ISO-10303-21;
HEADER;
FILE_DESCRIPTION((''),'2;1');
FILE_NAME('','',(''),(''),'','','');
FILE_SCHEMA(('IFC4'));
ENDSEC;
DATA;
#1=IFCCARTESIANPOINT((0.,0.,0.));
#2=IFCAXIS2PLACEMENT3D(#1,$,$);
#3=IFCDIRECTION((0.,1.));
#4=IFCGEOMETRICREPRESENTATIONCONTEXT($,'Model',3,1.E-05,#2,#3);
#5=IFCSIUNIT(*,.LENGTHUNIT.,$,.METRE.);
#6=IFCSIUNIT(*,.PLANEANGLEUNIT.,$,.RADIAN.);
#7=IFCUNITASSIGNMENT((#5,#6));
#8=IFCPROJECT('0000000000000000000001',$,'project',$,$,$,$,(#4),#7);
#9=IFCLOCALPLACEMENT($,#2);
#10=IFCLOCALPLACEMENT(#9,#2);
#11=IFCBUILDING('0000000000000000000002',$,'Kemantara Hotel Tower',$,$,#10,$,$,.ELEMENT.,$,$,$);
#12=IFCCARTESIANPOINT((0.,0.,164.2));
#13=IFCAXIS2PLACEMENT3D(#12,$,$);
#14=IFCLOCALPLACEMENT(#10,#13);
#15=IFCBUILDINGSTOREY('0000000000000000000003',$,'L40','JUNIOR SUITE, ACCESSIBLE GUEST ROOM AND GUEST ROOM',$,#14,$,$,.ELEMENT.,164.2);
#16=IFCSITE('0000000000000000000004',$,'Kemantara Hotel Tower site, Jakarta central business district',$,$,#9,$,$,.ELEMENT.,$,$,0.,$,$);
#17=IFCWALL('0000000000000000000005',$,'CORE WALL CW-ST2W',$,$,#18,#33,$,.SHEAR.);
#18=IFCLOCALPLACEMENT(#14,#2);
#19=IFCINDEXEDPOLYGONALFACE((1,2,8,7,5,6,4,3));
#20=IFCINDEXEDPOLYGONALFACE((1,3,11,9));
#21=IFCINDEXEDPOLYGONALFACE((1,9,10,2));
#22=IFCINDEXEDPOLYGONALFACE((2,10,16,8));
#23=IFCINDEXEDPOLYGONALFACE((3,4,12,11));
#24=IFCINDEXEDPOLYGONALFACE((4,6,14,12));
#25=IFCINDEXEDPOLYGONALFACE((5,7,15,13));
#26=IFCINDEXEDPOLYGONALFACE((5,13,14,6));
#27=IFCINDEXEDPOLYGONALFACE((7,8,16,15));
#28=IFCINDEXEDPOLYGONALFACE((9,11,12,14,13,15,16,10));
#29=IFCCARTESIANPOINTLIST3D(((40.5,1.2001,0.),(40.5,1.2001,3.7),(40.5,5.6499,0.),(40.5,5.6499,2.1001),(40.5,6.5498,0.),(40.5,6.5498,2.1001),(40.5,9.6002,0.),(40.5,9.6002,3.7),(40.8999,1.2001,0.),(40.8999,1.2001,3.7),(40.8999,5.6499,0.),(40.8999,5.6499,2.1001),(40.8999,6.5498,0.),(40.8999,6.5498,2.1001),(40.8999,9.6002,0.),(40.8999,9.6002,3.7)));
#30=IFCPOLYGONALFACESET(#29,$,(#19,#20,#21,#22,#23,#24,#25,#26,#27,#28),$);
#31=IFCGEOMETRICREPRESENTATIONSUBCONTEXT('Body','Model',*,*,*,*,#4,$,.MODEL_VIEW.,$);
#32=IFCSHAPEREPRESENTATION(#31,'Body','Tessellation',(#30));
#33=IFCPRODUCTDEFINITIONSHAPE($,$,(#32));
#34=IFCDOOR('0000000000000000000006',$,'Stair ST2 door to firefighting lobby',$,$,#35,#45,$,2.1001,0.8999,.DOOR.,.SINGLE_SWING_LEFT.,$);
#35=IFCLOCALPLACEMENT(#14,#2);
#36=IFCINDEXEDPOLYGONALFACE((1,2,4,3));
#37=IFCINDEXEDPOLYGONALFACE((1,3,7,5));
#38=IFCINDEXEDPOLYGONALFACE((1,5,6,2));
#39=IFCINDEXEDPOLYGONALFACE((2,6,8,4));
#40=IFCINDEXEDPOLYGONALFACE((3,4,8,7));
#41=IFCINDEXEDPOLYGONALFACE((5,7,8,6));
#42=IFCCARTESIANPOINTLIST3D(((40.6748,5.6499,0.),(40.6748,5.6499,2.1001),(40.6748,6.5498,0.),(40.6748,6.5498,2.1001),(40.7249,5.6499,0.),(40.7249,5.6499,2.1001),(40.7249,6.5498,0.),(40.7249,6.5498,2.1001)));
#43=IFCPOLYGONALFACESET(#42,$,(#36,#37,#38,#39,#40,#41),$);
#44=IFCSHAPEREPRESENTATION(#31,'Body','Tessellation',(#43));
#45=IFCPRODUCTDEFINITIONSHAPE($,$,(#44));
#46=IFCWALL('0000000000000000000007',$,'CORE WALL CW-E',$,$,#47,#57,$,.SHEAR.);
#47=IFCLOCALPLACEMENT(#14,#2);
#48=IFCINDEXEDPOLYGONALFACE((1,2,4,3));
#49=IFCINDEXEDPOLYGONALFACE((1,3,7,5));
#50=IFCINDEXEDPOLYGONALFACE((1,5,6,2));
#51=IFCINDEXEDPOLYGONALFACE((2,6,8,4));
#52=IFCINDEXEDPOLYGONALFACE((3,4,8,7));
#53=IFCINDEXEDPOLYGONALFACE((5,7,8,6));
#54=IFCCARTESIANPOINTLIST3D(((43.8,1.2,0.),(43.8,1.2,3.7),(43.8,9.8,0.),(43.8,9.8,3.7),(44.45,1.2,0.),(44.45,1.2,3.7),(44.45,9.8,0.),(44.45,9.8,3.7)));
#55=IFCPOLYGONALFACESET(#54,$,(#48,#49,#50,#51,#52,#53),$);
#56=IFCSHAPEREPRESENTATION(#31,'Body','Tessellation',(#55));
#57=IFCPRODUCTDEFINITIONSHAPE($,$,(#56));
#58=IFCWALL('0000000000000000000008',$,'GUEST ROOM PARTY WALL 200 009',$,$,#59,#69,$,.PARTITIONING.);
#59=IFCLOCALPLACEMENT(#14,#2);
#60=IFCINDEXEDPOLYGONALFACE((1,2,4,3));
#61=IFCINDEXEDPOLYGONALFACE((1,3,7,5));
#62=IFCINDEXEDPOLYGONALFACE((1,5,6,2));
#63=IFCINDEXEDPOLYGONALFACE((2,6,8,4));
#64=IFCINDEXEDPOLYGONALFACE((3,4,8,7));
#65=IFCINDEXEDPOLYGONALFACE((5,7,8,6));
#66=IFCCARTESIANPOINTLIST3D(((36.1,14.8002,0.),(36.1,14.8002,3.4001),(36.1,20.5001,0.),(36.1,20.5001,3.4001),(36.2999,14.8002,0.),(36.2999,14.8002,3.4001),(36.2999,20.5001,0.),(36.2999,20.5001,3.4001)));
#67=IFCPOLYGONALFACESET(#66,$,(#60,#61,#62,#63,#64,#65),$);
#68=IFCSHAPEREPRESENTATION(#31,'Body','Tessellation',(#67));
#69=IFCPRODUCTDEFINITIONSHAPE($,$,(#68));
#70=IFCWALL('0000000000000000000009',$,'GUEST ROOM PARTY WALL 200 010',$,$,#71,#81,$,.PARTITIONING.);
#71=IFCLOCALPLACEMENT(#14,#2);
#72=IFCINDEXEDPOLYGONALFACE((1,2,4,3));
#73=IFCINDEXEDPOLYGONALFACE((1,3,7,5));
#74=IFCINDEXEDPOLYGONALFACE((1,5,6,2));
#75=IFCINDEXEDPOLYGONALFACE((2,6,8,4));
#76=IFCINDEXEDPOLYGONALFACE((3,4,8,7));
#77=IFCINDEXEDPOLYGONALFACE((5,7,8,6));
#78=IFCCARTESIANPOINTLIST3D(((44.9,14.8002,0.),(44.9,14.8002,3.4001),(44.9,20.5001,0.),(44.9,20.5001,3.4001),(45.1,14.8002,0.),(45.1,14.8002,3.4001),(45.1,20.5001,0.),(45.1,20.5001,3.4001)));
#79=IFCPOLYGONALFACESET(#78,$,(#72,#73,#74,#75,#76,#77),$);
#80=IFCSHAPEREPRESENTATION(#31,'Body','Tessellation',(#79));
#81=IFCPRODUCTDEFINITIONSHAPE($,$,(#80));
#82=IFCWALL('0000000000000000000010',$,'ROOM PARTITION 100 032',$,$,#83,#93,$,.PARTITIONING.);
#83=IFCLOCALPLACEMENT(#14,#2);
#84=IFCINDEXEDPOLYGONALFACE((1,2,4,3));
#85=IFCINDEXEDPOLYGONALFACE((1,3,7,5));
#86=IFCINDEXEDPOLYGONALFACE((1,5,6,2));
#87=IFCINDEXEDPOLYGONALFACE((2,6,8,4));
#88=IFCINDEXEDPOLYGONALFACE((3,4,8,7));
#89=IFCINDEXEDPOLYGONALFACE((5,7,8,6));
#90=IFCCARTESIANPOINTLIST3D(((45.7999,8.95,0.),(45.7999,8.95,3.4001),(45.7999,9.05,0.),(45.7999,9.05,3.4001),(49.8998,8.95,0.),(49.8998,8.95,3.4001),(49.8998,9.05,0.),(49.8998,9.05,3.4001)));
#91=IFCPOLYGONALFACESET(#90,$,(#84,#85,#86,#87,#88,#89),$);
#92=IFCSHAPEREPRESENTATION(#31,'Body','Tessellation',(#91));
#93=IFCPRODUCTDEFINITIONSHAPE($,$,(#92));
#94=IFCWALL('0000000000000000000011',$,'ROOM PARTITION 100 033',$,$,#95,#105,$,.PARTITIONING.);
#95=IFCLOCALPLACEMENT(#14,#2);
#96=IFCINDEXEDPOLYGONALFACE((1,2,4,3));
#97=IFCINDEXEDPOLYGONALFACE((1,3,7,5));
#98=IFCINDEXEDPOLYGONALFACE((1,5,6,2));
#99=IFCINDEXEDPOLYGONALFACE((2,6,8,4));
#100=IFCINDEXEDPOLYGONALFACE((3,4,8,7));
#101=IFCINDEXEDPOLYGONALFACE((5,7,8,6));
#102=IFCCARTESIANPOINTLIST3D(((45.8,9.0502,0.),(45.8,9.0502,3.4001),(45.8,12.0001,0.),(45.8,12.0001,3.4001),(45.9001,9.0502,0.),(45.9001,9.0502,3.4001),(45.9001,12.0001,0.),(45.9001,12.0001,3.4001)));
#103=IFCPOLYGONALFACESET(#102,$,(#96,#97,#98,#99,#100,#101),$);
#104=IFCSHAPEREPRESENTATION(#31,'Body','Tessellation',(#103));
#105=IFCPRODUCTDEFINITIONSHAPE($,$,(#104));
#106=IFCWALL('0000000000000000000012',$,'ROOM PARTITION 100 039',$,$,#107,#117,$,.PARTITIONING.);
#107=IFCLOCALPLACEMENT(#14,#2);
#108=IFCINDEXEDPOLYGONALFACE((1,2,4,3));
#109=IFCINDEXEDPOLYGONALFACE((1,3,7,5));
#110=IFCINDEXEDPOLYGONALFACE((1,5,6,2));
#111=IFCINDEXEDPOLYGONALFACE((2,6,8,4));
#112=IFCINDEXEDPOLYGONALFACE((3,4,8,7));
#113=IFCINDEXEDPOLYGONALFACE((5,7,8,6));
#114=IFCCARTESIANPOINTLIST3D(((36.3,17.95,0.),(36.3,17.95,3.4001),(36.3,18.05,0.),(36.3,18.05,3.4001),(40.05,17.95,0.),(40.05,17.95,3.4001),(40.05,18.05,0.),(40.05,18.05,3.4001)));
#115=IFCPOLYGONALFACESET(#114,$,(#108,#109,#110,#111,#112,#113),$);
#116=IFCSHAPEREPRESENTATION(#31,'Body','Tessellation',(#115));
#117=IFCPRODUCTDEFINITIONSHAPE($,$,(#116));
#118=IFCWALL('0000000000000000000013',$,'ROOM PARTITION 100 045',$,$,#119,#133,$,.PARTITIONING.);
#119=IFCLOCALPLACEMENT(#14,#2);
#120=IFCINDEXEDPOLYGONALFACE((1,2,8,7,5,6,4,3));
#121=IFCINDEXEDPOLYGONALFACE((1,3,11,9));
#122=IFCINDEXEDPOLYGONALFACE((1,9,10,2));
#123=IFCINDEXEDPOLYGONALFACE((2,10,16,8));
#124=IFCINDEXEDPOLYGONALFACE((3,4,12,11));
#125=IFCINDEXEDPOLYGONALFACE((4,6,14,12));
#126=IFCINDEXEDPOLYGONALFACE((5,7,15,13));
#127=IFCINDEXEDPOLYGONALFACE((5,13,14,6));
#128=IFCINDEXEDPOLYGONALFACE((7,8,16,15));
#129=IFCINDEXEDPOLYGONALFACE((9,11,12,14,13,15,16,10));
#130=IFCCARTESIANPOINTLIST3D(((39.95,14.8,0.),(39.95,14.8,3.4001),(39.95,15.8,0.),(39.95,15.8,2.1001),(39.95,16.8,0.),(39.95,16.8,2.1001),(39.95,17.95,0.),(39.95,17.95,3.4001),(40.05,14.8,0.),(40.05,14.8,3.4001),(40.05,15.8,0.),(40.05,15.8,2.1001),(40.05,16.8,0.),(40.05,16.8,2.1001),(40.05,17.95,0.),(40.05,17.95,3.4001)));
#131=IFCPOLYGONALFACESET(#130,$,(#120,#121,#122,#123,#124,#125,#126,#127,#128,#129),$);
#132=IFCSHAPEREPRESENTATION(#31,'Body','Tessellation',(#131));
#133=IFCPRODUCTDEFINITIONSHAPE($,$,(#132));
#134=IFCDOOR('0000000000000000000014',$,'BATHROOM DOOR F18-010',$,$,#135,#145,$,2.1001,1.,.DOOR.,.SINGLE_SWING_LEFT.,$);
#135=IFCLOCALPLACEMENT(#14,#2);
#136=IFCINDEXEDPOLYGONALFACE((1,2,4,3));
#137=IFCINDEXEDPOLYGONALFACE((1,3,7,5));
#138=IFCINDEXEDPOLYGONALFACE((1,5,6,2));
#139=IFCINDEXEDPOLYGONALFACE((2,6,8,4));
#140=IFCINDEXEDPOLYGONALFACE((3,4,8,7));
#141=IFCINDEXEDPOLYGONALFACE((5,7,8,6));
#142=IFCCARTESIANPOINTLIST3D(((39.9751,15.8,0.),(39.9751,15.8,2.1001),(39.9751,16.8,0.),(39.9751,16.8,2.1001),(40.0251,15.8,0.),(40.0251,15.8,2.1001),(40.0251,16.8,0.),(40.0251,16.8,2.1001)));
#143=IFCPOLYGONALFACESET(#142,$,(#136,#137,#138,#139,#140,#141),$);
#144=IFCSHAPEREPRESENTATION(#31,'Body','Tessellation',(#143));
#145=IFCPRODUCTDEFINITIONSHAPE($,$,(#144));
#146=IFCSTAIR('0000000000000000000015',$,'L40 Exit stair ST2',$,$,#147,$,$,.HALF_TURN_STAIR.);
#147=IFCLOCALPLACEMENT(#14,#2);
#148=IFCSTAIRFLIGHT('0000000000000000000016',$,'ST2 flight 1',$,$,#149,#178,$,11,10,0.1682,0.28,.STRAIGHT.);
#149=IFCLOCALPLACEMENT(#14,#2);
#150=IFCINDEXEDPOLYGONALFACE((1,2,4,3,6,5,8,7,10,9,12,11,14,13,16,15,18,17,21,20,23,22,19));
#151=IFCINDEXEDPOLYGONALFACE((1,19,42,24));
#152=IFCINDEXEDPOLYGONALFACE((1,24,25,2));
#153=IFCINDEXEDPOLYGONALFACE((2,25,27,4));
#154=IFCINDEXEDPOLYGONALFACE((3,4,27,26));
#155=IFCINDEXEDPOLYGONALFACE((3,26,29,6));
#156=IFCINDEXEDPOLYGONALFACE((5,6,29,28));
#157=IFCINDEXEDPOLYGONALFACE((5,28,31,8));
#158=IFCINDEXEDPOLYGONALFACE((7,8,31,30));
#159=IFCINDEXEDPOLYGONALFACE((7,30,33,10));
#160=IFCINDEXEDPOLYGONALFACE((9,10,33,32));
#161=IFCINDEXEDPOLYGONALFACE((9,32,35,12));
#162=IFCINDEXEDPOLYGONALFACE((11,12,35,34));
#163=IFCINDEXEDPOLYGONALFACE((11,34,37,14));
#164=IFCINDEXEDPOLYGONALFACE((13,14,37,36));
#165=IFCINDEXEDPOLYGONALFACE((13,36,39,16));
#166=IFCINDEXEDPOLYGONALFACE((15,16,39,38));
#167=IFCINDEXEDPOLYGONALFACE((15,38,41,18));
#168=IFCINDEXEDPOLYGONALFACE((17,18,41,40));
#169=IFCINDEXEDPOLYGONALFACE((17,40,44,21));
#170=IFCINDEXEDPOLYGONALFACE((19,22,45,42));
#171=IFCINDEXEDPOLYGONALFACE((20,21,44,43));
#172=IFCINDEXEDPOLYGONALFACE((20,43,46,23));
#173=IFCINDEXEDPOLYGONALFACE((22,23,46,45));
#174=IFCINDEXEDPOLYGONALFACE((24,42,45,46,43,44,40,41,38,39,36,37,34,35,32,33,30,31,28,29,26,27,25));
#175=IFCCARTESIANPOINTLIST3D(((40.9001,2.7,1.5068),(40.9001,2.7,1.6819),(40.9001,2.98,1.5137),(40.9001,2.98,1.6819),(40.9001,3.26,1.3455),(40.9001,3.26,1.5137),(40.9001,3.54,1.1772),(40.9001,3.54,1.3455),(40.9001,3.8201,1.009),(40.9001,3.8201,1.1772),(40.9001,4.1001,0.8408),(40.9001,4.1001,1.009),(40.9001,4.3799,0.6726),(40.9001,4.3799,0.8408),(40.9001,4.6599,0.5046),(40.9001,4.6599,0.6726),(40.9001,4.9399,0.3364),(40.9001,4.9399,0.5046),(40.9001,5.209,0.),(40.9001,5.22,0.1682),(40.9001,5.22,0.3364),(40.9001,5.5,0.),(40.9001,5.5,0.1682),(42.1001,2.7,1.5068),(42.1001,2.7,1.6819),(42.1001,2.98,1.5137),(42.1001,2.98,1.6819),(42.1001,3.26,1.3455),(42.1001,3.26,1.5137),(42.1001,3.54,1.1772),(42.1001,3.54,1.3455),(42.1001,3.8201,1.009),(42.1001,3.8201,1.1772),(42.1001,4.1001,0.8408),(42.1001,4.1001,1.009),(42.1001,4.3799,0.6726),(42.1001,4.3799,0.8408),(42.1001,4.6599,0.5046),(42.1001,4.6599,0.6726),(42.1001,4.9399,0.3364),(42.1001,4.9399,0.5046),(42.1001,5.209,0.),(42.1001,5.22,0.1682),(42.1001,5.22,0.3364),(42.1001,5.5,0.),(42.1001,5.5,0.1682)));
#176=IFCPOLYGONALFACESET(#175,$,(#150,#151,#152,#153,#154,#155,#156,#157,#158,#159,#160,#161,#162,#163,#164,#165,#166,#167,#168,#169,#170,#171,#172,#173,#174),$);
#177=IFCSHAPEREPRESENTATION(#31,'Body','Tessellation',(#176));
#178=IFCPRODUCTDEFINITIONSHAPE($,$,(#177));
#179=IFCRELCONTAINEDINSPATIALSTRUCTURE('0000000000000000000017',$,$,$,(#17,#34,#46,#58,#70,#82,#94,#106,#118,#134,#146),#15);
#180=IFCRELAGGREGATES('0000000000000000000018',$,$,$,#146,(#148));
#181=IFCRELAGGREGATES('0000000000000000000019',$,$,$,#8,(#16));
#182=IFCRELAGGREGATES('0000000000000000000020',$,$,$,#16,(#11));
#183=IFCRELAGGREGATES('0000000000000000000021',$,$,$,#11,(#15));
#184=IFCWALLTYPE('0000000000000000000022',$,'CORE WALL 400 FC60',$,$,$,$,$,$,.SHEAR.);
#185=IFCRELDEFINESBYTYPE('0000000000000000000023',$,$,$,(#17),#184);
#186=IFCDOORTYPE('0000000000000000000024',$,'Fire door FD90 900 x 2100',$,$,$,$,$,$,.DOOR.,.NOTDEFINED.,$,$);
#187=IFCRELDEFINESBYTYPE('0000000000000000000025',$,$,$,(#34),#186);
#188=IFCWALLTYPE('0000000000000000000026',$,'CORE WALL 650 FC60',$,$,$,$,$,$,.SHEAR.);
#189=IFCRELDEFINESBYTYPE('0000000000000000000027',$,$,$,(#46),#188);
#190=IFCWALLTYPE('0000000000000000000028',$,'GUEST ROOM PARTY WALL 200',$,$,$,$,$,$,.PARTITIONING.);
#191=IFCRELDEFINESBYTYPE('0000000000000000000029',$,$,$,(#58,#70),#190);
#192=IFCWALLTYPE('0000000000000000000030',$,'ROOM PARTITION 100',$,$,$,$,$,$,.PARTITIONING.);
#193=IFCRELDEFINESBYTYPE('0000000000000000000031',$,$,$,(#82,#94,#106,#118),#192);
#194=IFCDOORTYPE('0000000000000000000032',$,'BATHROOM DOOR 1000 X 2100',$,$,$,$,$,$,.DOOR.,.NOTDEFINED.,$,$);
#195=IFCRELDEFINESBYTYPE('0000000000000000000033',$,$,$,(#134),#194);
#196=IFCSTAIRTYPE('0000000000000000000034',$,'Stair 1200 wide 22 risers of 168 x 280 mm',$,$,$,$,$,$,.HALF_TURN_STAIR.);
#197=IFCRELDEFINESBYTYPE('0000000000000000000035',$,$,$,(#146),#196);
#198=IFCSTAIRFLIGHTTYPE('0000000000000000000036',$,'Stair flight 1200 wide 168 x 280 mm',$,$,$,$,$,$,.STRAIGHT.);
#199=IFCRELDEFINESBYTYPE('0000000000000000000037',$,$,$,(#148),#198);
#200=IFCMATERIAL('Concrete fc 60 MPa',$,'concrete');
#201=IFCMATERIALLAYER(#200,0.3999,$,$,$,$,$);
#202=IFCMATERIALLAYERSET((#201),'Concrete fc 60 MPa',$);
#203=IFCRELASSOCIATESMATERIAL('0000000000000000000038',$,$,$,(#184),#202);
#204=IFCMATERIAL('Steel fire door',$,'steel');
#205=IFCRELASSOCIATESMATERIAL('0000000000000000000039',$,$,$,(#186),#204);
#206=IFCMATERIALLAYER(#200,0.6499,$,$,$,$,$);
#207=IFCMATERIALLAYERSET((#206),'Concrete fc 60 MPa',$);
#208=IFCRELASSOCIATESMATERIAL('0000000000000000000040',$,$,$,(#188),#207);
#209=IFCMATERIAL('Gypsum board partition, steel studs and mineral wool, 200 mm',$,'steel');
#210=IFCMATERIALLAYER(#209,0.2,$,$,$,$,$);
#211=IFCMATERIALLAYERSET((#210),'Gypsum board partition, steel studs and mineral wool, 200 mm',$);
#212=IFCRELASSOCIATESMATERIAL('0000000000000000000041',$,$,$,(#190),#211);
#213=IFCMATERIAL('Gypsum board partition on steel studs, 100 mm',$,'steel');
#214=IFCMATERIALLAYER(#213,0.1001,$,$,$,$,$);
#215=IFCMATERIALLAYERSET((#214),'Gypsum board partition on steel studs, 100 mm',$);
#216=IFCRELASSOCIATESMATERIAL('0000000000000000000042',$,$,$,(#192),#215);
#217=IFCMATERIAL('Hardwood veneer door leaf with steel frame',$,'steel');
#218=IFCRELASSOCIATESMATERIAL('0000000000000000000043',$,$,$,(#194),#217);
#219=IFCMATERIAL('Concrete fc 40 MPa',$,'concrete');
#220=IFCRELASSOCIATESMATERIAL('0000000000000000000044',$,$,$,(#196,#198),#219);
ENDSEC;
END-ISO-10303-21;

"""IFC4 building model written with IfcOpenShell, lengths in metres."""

from ifc_helpers import new_model, si_unit, direction, frame, frame_2d, origin, place, context, subcontext, project, spatial, polyline, rectangle, outline, extrude, material, layer, layer_set, type_object, element, fill, aggregate, save


model = new_model("IFC4")

# Units and contexts
model_context = context("Model", 3, precision=1e-05, world=origin(), true_north=direction((0.0, 1.0)))
body_context = subcontext(model_context, "Body", "Model", "MODEL_VIEW")
ifc_project = project(units=[si_unit("LENGTHUNIT", "METRE"), si_unit("PLANEANGLEUNIT", "RADIAN")], contexts=[model_context])

# Site, building, storey
site_placement = place(None, origin())
site = spatial("IfcSite", under=ifc_project, at=site_placement, Name="Kemantara Hotel Tower site, Jakarta central business district", CompositionType="ELEMENT", RefElevation=0.0)
building_placement = place(site_placement, origin())
building = spatial("IfcBuilding", under=site, at=building_placement, Name="Kemantara Hotel Tower", CompositionType="ELEMENT")
storey_placement = place(building_placement, frame((0.0, 0.0, 164.2)))
storey = spatial("IfcBuildingStorey", under=building, at=storey_placement, Name="L40", Description="JUNIOR SUITE, ACCESSIBLE GUEST ROOM AND GUEST ROOM", CompositionType="ELEMENT", Elevation=164.2)

# Shared definitions
ifc_material_1 = material(Name="Concrete fc 60 MPa", Category="concrete")

# Wall, opening, door
ifc_layer_1 = layer(ifc_material_1, 0.3999)
ifc_layer_set_1 = layer_set([ifc_layer_1], Name="Concrete fc 60 MPa")
wall_type_1 = type_object("IfcWallType", Name="CORE WALL 400 FC60", PredefinedType="SHEAR", material=ifc_layer_set_1)
ifc_material_2 = material(Name="Steel fire door", Category="steel")
wall_1_placement = place(storey_placement, frame((40.7, 1.2, 0.0), z_axis=(0.0, 0.0, 1.0), x_axis=(0.0, 1.0, 0.0)))
wall_1 = element("IfcWall", 1, at=wall_1_placement, inside=storey, type_object=wall_type_1, Name="CORE WALL CW-ST2W", PredefinedType="SHEAR", context=body_context, shape_type="SweptSolid", body=[
    extrude(rectangle(XDim=8.4001, YDim=0.3999, at=frame_2d((4.2002, 0.0))), origin(), (0.0, 0.0, 1.0), 3.7),
])
opening_1_placement = place(wall_1_placement, frame((4.45, 0.0, 0.0)))
opening_1 = element("IfcOpeningElement", 2, at=opening_1_placement, cuts=wall_1, PredefinedType="OPENING", context=body_context, shape_type="SweptSolid", body=[
    extrude(rectangle(XDim=0.8999, YDim=2.1001, at=frame_2d((0.45, 1.05))), frame((0.0, 0.21, 0.0), z_axis=(0.0, -1.0, 0.0), x_axis=(1.0, 0.0, 0.0)), (0.0, 0.0, 1.0), 0.4199),
])
door_type_1 = type_object("IfcDoorType", Name="Fire door FD90 900 x 2100", OperationType="NOTDEFINED", PredefinedType="DOOR", material=ifc_material_2)
door_1_placement = place(opening_1_placement, frame((0.8999, 0.0, 0.0), z_axis=(0.0, 0.0, 1.0), x_axis=(-1.0, 0.0, 0.0)))
door_1 = element("IfcDoor", 3, at=door_1_placement, inside=storey, type_object=door_type_1, Name="Stair ST2 door to firefighting lobby", OperationType="SINGLE_SWING_LEFT", OverallHeight=2.1001, OverallWidth=0.8999, PredefinedType="DOOR", context=body_context, shape_type="SweptSolid", body=[
    extrude(rectangle(XDim=0.8999, YDim=2.1001, at=frame_2d((0.45, 1.05))), frame((0.0, 0.0249, 0.0), z_axis=(0.0, -1.0, 0.0), x_axis=(1.0, 0.0, 0.0)), (0.0, 0.0, 1.0), 0.05),
])
fill(opening_1, door_1)

# Walls
ifc_layer_2 = layer(ifc_material_1, 0.6499)
ifc_layer_set_2 = layer_set([ifc_layer_2], Name="Concrete fc 60 MPa")
wall_type_2 = type_object("IfcWallType", Name="CORE WALL 650 FC60", PredefinedType="SHEAR", material=ifc_layer_set_2)
wall_2_placement = place(storey_placement, frame((44.125, 1.2, 0.0), z_axis=(0.0, 0.0, 1.0), x_axis=(0.0, 1.0, 0.0)))
element("IfcWall", 4, at=wall_2_placement, inside=storey, type_object=wall_type_2, Name="CORE WALL CW-E", PredefinedType="SHEAR", context=body_context, shape_type="SweptSolid", body=[
    extrude(rectangle(XDim=8.6001, YDim=0.6499, at=frame_2d((4.3, 0.0))), origin(), (0.0, 0.0, 1.0), 3.7),
])
ifc_material_3 = material(Name="Gypsum board partition, steel studs and mineral wool, 200 mm", Category="steel")
ifc_layer_3 = layer(ifc_material_3, 0.2)
ifc_layer_set_3 = layer_set([ifc_layer_3], Name="Gypsum board partition, steel studs and mineral wool, 200 mm")
wall_type_3 = type_object("IfcWallType", Name="GUEST ROOM PARTY WALL 200", PredefinedType="PARTITIONING", material=ifc_layer_set_3)
for number, where, z_axis, x_axis, name in (
    (5, (36.2, 14.8, 0.0), (0.0, 0.0, 1.0), (0.0, 1.0, 0.0), "GUEST ROOM PARTY WALL 200 009"),
    (6, (45.0, 14.8, 0.0), (0.0, 0.0, 1.0), (0.0, 1.0, 0.0), "GUEST ROOM PARTY WALL 200 010"),
):
    element("IfcWall", number, at=place(storey_placement, frame(where, z_axis=z_axis, x_axis=x_axis)), inside=storey, type_object=wall_type_3, Name=name, PredefinedType="PARTITIONING", context=body_context, shape_type="SweptSolid", body=[
        extrude(rectangle(XDim=5.7, YDim=0.2, at=frame_2d((2.8501, 0.0))), origin(), (0.0, 0.0, 1.0), 3.4001),
    ])
ifc_material_4 = material(Name="Gypsum board partition on steel studs, 100 mm", Category="steel")
ifc_layer_4 = layer(ifc_material_4, 0.1001)
ifc_layer_set_4 = layer_set([ifc_layer_4], Name="Gypsum board partition on steel studs, 100 mm")
wall_type_4 = type_object("IfcWallType", Name="ROOM PARTITION 100", PredefinedType="PARTITIONING", material=ifc_layer_set_4)
wall_3_placement = place(storey_placement, frame((45.8, 9.0, 0.0), z_axis=(0.0, 0.0, 1.0), x_axis=(1.0, 0.0, 0.0)))
element("IfcWall", 7, at=wall_3_placement, inside=storey, type_object=wall_type_4, Name="ROOM PARTITION 100 032", PredefinedType="PARTITIONING", context=body_context, shape_type="SweptSolid", body=[
    extrude(rectangle(XDim=4.0999, YDim=0.1001, at=frame_2d((2.0498, 0.0))), origin(), (0.0, 0.0, 1.0), 3.4001),
])
wall_4_placement = place(storey_placement, frame((45.8501, 9.05, 0.0), z_axis=(0.0, 0.0, 1.0), x_axis=(0.0, 1.0, 0.0)))
element("IfcWall", 8, at=wall_4_placement, inside=storey, type_object=wall_type_4, Name="ROOM PARTITION 100 033", PredefinedType="PARTITIONING", context=body_context, shape_type="SweptSolid", body=[
    extrude(rectangle(XDim=2.95, YDim=0.1001, at=frame_2d((1.4751, 0.0))), origin(), (0.0, 0.0, 1.0), 3.4001),
])
wall_5_placement = place(storey_placement, frame((36.3, 18.0, 0.0), z_axis=(0.0, 0.0, 1.0), x_axis=(1.0, 0.0, 0.0)))
element("IfcWall", 9, at=wall_5_placement, inside=storey, type_object=wall_type_4, Name="ROOM PARTITION 100 039", PredefinedType="PARTITIONING", context=body_context, shape_type="SweptSolid", body=[
    extrude(rectangle(XDim=3.75, YDim=0.1001, at=frame_2d((1.875, 0.0))), origin(), (0.0, 0.0, 1.0), 3.4001),
])

# Wall, opening, door
wall_6_placement = place(storey_placement, frame((40.0, 14.8, 0.0), z_axis=(0.0, 0.0, 1.0), x_axis=(0.0, 1.0, 0.0)))
wall_6 = element("IfcWall", 10, at=wall_6_placement, inside=storey, type_object=wall_type_4, Name="ROOM PARTITION 100 045", PredefinedType="PARTITIONING", context=body_context, shape_type="SweptSolid", body=[
    extrude(rectangle(XDim=3.1499, YDim=0.1001, at=frame_2d((1.575, 0.0))), origin(), (0.0, 0.0, 1.0), 3.4001),
])
opening_2_placement = place(wall_6_placement, frame((1.0, 0.0, 0.0)))
opening_2 = element("IfcOpeningElement", 11, at=opening_2_placement, cuts=wall_6, PredefinedType="OPENING", context=body_context, shape_type="SweptSolid", body=[
    extrude(rectangle(XDim=1.0, YDim=2.1001, at=frame_2d((0.5, 1.05))), frame((0.0, 0.0601, 0.0), z_axis=(0.0, -1.0, 0.0), x_axis=(1.0, 0.0, 0.0)), (0.0, 0.0, 1.0), 0.1201),
])
ifc_material_5 = material(Name="Hardwood veneer door leaf with steel frame", Category="steel")
door_type_2 = type_object("IfcDoorType", Name="BATHROOM DOOR 1000 X 2100", OperationType="NOTDEFINED", PredefinedType="DOOR", material=ifc_material_5)
door_2_placement = place(opening_2_placement, origin())
door_2 = element("IfcDoor", 12, at=door_2_placement, inside=storey, type_object=door_type_2, Name="BATHROOM DOOR F18-010", OperationType="SINGLE_SWING_LEFT", OverallHeight=2.1001, OverallWidth=1.0, PredefinedType="DOOR", context=body_context, shape_type="SweptSolid", body=[
    extrude(rectangle(XDim=1.0, YDim=2.1001, at=frame_2d((0.5, 1.05))), frame((0.0, 0.0249, 0.0), z_axis=(0.0, -1.0, 0.0), x_axis=(1.0, 0.0, 0.0)), (0.0, 0.0, 1.0), 0.05),
])
fill(opening_2, door_2)

# Stair, stair flight
ifc_material_6 = material(Name="Concrete fc 40 MPa", Category="concrete")
stair_type = type_object("IfcStairType", Name="Stair 1200 wide 22 risers of 168 x 280 mm", PredefinedType="HALF_TURN_STAIR", material=ifc_material_6)
stair_placement = place(storey_placement, origin())
stair = element("IfcStair", 13, at=stair_placement, inside=storey, type_object=stair_type, Name="L40 Exit stair ST2", PredefinedType="HALF_TURN_STAIR")
stair_flight_type = type_object("IfcStairFlightType", Name="Stair flight 1200 wide 168 x 280 mm", PredefinedType="STRAIGHT", material=ifc_material_6)
stair_flight_1_placement = place(storey_placement, frame((41.5, 5.5, 0.0), z_axis=(0.0, 0.0, 1.0), x_axis=(0.0, -1.0, 0.0)))
stair_flight_1 = element("IfcStairFlight", 14, at=stair_flight_1_placement, type_object=stair_flight_type, Name="ST2 flight 1", NumberOfRisers=11, NumberOfTreads=10, PredefinedType="STRAIGHT", RiserHeight=0.1682, TreadLength=0.28, context=body_context, shape_type="SweptSolid", body=[
    extrude(outline(polyline([(0.0, 0.0), (0.0, 0.1682), (0.28, 0.1682), (0.28, 0.3364), (0.5601, 0.3364), (0.5601, 0.5046), (0.8401, 0.5046), (0.8401, 0.6726), (1.1201, 0.6726), (1.1201, 0.8408), (1.3999, 0.8408), (1.3999, 1.009), (1.6799, 1.009), (1.6799, 1.1772), (1.96, 1.1772), (1.96, 1.3455), (2.24, 1.3455), (2.24, 1.5137), (2.52, 1.5137), (2.52, 1.6819), (2.8, 1.6819), (2.8, 1.8501), (2.8, 1.5068), (0.291, 0.0), (0.0, 0.0)])), frame((0.0, 0.6001, 0.0), z_axis=(0.0, -1.0, 0.0), x_axis=(1.0, 0.0, 0.0)), (0.0, 0.0, 1.0), 1.2),
])
aggregate(stair, [stair_flight_1])

save(model, "model.ifc")
